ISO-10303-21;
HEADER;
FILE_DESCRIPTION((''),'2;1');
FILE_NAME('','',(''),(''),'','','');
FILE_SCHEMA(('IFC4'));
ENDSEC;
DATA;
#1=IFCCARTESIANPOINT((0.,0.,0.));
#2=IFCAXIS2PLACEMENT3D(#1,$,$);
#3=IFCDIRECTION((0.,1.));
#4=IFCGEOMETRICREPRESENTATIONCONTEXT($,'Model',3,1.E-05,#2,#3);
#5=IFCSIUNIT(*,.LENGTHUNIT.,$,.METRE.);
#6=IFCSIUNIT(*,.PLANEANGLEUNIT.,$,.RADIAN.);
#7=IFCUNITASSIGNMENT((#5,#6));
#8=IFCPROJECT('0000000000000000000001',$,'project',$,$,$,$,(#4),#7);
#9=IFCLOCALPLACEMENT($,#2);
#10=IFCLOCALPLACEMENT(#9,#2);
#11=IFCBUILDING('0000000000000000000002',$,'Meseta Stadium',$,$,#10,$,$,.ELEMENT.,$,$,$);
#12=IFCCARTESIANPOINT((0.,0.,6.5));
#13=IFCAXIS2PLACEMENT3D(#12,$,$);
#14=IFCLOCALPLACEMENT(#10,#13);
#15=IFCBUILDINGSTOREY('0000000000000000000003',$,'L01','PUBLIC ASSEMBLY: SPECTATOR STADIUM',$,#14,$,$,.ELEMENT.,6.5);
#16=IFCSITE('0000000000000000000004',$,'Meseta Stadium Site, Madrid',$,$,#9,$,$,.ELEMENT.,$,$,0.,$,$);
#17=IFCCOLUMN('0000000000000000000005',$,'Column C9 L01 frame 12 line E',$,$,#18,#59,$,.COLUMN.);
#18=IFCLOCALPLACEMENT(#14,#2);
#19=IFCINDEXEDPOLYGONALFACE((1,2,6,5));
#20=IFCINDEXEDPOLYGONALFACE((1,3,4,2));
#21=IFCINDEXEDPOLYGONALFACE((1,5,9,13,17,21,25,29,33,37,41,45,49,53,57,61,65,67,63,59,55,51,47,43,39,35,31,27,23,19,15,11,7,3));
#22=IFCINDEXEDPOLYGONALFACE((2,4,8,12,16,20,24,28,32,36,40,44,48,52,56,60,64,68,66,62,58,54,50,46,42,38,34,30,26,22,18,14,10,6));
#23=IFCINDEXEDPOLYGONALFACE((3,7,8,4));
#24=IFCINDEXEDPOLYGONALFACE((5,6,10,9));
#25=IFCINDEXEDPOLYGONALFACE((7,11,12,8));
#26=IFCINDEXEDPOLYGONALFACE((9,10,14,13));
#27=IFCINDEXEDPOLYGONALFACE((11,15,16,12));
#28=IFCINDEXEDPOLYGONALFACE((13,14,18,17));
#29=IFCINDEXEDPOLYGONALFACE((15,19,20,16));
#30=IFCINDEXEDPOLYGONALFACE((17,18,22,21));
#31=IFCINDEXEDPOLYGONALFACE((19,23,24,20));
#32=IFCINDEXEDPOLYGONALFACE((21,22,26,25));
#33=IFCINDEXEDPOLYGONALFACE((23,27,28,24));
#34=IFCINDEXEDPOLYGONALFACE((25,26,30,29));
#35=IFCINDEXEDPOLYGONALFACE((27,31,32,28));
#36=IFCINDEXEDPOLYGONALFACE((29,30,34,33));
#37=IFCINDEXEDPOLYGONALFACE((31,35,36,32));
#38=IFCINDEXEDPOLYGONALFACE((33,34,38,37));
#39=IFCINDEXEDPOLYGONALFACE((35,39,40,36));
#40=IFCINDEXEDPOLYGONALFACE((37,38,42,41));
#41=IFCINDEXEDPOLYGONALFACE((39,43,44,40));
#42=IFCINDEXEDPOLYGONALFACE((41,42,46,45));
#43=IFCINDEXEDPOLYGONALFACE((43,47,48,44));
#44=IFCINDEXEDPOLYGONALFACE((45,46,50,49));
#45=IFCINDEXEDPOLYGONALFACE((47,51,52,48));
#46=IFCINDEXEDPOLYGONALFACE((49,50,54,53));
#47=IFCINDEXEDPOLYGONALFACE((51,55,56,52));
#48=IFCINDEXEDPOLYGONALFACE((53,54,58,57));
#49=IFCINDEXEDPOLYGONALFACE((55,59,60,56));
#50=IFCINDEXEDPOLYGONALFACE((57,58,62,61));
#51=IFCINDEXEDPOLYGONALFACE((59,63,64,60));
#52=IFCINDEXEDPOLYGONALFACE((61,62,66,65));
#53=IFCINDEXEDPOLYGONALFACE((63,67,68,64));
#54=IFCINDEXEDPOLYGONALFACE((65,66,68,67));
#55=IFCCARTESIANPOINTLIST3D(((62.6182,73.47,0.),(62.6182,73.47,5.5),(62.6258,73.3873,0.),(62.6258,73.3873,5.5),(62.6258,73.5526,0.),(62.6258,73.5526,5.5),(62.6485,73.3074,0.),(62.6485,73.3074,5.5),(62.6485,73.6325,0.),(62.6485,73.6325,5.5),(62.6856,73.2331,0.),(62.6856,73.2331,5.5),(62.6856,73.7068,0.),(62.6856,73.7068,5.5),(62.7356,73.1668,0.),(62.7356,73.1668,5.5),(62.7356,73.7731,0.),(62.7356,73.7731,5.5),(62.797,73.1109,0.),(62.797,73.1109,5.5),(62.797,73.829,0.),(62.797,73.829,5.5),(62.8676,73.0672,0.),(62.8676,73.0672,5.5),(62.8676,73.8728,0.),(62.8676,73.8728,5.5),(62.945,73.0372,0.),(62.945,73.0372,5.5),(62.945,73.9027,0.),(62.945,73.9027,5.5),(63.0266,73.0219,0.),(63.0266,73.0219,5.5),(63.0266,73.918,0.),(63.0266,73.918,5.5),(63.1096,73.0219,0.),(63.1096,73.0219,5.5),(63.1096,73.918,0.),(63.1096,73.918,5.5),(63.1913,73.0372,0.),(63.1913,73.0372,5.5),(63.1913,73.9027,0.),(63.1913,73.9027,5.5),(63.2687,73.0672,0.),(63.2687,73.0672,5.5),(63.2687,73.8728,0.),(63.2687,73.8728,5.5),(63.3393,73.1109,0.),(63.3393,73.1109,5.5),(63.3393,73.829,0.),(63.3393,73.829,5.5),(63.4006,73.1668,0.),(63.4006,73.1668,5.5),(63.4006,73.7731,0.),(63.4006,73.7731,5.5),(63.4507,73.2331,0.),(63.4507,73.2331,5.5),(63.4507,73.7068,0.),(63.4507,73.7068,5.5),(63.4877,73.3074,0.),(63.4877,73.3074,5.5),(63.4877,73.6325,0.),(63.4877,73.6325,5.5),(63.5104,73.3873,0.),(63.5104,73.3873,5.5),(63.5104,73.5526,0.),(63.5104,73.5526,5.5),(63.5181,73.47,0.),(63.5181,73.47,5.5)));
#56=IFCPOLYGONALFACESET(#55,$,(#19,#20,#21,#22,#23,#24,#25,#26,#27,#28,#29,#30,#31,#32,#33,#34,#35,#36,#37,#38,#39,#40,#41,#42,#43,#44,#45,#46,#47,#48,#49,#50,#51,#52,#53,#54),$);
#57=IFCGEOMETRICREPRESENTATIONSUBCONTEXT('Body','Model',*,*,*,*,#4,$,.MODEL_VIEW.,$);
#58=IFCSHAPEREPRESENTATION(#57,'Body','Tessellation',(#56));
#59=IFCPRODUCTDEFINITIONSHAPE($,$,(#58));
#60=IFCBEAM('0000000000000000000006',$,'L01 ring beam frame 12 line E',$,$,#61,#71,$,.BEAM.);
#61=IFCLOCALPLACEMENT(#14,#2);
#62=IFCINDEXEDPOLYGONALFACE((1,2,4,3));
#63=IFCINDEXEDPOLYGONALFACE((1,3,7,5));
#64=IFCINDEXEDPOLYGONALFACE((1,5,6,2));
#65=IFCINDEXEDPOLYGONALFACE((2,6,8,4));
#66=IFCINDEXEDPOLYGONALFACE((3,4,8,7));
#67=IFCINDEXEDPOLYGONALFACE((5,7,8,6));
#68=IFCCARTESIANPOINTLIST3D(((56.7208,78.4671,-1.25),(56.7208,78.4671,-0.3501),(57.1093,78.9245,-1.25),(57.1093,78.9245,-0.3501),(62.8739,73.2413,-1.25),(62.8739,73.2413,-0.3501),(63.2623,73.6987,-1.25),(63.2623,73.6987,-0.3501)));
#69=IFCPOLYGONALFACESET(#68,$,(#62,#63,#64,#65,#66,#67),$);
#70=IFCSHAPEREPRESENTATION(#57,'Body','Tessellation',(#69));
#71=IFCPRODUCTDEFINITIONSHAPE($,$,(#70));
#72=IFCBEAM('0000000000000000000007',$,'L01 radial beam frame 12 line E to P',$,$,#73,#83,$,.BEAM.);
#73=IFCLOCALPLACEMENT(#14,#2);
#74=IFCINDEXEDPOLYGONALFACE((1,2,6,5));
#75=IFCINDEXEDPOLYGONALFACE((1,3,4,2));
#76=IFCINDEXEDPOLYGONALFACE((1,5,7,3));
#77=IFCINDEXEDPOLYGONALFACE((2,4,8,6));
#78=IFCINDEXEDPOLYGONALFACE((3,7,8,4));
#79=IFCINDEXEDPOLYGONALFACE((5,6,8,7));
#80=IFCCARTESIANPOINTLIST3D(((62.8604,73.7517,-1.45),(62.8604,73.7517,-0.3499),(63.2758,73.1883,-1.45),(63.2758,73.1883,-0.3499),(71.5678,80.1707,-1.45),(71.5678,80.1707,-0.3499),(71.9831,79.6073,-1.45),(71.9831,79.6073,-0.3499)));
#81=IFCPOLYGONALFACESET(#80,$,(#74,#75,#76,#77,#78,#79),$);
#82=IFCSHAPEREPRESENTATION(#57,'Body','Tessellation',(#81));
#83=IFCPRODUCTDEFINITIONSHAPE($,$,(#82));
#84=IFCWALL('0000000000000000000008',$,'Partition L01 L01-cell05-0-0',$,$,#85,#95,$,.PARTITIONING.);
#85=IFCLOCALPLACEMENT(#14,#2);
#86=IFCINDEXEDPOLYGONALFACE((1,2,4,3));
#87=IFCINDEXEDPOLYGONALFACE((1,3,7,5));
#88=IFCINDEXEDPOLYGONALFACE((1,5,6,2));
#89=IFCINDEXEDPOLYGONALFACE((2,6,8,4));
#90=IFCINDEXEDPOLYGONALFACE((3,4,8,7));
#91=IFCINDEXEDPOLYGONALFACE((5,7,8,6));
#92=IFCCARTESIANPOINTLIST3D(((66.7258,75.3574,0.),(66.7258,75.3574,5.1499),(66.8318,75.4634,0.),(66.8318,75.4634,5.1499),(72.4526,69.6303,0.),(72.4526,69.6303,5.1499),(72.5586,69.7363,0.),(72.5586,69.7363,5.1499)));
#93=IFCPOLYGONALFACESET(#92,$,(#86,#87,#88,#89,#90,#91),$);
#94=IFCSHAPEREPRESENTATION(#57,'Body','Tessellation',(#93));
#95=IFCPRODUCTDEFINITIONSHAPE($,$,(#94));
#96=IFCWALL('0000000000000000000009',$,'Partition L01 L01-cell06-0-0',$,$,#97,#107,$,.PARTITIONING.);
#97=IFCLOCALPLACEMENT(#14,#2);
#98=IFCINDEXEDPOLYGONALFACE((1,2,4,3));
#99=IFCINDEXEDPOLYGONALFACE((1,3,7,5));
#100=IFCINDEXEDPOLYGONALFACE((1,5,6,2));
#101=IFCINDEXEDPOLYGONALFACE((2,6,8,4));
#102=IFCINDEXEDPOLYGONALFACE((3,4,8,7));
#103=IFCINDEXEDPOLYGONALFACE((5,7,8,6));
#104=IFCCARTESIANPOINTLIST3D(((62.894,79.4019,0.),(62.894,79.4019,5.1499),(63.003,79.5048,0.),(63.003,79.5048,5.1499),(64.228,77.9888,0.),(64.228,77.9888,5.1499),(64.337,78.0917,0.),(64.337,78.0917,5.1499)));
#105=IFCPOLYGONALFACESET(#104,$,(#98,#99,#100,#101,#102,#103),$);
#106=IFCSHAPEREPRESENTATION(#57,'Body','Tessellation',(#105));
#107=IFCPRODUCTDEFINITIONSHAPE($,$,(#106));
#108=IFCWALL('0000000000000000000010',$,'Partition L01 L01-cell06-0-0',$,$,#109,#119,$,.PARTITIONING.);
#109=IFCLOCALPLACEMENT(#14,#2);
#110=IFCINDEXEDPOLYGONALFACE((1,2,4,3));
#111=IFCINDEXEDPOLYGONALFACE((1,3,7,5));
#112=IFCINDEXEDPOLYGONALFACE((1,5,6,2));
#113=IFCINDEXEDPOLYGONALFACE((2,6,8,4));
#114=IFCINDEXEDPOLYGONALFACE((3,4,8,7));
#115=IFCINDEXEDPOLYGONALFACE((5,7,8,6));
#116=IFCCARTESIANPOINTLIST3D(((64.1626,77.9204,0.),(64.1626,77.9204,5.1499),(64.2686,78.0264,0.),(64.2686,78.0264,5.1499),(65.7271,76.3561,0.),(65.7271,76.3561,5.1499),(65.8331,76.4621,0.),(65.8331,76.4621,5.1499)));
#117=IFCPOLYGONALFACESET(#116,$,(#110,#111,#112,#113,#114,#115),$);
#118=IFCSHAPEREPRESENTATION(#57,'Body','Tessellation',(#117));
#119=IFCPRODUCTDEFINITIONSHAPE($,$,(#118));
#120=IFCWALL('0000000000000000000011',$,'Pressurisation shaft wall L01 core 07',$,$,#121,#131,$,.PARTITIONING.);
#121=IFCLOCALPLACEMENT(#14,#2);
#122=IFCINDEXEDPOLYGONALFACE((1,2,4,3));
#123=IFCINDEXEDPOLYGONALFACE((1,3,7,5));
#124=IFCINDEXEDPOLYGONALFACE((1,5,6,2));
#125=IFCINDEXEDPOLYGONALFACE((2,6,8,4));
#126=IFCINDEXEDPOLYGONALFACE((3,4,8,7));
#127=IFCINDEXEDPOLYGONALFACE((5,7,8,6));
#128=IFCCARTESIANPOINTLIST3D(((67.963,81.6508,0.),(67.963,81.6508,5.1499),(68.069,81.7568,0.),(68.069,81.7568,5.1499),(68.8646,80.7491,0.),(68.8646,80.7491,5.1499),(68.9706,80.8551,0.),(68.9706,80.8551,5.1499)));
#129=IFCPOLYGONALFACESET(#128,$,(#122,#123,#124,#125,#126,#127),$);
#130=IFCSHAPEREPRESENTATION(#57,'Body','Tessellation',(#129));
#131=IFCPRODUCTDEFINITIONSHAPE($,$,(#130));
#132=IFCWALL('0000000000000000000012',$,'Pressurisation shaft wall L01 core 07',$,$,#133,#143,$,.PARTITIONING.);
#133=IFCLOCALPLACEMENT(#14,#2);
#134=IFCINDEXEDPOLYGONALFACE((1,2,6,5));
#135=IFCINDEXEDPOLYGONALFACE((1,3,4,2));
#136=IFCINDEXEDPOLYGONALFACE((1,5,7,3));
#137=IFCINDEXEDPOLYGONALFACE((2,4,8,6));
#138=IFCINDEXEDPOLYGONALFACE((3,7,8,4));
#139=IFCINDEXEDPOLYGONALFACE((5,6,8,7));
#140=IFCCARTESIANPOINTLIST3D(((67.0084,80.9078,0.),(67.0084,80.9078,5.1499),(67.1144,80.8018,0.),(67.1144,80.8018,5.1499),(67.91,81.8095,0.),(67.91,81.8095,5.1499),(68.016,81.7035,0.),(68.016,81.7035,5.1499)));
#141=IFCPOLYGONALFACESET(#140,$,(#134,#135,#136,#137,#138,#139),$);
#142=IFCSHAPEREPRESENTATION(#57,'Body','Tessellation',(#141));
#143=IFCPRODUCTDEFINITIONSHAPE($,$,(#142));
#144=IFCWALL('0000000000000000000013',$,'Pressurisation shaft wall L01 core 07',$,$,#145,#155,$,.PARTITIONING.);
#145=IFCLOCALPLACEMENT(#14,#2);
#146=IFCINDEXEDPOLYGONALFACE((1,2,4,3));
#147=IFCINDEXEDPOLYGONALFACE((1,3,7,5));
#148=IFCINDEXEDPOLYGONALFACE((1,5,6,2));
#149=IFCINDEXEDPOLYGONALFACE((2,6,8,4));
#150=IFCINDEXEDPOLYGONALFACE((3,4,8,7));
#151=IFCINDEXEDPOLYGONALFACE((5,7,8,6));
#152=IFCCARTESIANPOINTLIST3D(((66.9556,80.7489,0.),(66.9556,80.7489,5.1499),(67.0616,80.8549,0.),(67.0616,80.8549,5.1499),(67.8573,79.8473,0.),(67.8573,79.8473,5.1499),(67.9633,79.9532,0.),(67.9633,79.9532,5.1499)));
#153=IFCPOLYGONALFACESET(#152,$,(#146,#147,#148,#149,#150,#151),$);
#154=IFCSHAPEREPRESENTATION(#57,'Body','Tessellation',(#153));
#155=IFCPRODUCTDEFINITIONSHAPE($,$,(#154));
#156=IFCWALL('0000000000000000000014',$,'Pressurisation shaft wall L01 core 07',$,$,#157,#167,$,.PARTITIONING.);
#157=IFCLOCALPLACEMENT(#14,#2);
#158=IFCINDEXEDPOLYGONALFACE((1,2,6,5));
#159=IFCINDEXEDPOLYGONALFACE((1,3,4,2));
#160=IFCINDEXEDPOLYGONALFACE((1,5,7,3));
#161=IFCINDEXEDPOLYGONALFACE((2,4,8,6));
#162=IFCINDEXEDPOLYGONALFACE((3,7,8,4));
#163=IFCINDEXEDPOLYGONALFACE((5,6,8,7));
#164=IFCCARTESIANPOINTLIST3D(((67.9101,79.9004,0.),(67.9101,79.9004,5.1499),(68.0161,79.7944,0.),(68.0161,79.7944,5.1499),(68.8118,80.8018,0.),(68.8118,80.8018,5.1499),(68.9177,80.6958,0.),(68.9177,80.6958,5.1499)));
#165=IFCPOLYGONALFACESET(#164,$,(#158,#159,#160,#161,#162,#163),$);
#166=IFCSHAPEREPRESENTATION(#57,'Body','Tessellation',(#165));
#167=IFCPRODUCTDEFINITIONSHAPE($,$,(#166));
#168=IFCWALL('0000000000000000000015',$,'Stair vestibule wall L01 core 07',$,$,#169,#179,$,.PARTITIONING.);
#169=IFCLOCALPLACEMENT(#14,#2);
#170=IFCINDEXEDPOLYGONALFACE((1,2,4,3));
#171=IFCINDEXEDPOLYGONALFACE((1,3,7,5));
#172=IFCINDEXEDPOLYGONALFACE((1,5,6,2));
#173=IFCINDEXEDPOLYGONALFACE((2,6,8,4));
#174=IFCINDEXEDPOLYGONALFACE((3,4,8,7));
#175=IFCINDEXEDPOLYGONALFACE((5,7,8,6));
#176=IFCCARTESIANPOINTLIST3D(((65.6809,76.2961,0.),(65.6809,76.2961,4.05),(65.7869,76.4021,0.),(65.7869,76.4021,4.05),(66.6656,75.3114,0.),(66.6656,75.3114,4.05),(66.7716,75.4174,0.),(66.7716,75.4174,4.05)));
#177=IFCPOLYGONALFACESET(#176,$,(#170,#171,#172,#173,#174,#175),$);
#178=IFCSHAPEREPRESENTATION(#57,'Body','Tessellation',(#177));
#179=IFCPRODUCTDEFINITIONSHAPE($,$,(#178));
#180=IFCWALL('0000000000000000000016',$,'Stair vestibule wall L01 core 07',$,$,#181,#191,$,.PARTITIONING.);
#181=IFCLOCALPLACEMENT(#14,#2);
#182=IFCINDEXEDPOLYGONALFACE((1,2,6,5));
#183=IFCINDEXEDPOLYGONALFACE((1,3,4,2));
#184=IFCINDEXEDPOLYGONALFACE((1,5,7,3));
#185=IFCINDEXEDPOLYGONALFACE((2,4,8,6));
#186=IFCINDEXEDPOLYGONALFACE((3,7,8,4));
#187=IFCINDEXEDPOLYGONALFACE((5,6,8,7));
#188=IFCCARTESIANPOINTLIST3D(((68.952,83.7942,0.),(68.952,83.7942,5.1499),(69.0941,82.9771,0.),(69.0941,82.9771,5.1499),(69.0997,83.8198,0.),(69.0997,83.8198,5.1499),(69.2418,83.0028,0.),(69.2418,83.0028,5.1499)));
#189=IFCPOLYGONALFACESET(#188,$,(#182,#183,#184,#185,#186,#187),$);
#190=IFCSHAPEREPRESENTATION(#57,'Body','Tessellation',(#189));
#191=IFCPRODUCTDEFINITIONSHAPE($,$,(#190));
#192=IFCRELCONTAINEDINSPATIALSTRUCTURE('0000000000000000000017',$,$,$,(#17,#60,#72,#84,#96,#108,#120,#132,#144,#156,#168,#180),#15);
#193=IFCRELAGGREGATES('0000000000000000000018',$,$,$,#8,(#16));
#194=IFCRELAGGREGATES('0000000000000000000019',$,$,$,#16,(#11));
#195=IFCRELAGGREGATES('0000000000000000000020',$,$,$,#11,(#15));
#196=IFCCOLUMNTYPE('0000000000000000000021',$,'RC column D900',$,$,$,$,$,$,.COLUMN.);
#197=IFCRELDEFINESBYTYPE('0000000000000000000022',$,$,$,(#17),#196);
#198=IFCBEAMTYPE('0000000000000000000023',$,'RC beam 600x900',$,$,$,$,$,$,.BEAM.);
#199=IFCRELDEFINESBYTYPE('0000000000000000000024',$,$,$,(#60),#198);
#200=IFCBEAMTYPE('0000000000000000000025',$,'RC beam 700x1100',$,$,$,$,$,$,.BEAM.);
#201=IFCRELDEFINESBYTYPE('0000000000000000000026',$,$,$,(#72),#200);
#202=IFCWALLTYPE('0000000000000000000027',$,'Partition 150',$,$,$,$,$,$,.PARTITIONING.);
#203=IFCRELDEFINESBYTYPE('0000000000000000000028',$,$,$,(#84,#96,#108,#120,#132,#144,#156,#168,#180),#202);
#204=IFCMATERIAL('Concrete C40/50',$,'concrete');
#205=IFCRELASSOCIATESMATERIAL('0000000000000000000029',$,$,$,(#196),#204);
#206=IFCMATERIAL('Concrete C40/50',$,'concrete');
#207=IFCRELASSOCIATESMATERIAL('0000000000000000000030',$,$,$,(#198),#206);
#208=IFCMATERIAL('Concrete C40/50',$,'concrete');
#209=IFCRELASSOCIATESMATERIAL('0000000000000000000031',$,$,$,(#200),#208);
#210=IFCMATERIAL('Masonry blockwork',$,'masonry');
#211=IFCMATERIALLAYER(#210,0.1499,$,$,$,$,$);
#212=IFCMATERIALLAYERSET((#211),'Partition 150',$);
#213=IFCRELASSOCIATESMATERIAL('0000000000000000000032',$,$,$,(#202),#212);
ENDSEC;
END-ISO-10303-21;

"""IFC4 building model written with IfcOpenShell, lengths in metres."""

from ifc_helpers import new_model, si_unit, direction, frame, frame_2d, origin, origin_2d, place, context, subcontext, project, spatial, rectangle, circle, extrude, material, layer, layer_set, material_profile, profile_set, type_object, element, save


model = new_model("IFC4")

# Units and contexts
model_context = context("Model", 3, precision=1e-05, world=origin(), true_north=direction((0.0, 1.0)))
body_context = subcontext(model_context, "Body", "Model", "MODEL_VIEW")
ifc_project = project(units=[si_unit("LENGTHUNIT", "METRE"), si_unit("PLANEANGLEUNIT", "RADIAN")], contexts=[model_context])

# Site, building, storey
site_placement = place(None, origin())
site = spatial("IfcSite", under=ifc_project, at=site_placement, Name="Meseta Stadium Site, Madrid", CompositionType="ELEMENT", RefElevation=0.0)
building_placement = place(site_placement, origin())
building = spatial("IfcBuilding", under=site, at=building_placement, Name="Meseta Stadium", CompositionType="ELEMENT")
storey_placement = place(building_placement, frame((0.0, 0.0, 6.5)))
storey = spatial("IfcBuildingStorey", under=building, at=storey_placement, Name="L01", Description="PUBLIC ASSEMBLY: SPECTATOR STADIUM", CompositionType="ELEMENT", Elevation=6.5)

# Column
ifc_material_1 = material(Name="Concrete C40/50", Category="concrete")
ifc_material_profile_1 = material_profile(ifc_material_1, circle(Radius=0.45, at=origin_2d()), Name="RC D900")
ifc_profile_set_1 = profile_set([ifc_material_profile_1], Name="Concrete C40/50")
column_type = type_object("IfcColumnType", Name="RC column D900", PredefinedType="COLUMN", material=ifc_profile_set_1)
column_placement = place(storey_placement, frame((63.0681, 73.47, 0.0), z_axis=(0.0, 0.0, 1.0), x_axis=(1.0, 0.0, 0.0)))
element("IfcColumn", 1, at=column_placement, inside=storey, type_object=column_type, Name="Column C9 L01 frame 12 line E", PredefinedType="COLUMN", context=body_context, shape_type="SweptSolid", body=[
    extrude(circle(Radius=0.45, at=origin_2d()), origin(), (0.0, 0.0, 1.0), 5.5),
])

# Beams
ifc_material_2 = material(Name="Concrete C40/50", Category="concrete")
ifc_material_profile_2 = material_profile(ifc_material_2, rectangle(XDim=0.6001, YDim=0.8999, at=origin_2d()), Name="RC 600x900")
ifc_profile_set_2 = profile_set([ifc_material_profile_2], Name="Concrete C40/50")
beam_type_1 = type_object("IfcBeamType", Name="RC beam 600x900", PredefinedType="BEAM", material=ifc_profile_set_2)
beam_1_placement = place(storey_placement, frame((63.0681, 73.47, -0.8), z_axis=(-0.762201, 0.64734, 0.0), x_axis=(-0.64734, -0.762201, 0.0)))
element("IfcBeam", 2, at=beam_1_placement, inside=storey, type_object=beam_type_1, Name="L01 ring beam frame 12 line E", PredefinedType="BEAM", context=body_context, shape_type="SweptSolid", body=[
    extrude(rectangle(XDim=0.6001, YDim=0.8999, at=origin_2d()), origin(), (0.0, 0.0, 1.0), 8.0728),
])
ifc_material_3 = material(Name="Concrete C40/50", Category="concrete")
ifc_material_profile_3 = material_profile(ifc_material_3, rectangle(XDim=0.7, YDim=1.1001, at=origin_2d()), Name="RC 700x1100")
ifc_profile_set_3 = profile_set([ifc_material_profile_3], Name="Concrete C40/50")
beam_type_2 = type_object("IfcBeamType", Name="RC beam 700x1100", PredefinedType="BEAM", material=ifc_profile_set_3)
beam_2_placement = place(storey_placement, frame((63.0681, 73.47, -0.8999), z_axis=(0.804921, 0.593382, 0.0), x_axis=(-0.593382, 0.804921, 0.0)))
element("IfcBeam", 3, at=beam_2_placement, inside=storey, type_object=beam_type_2, Name="L01 radial beam frame 12 line E to P", PredefinedType="BEAM", context=body_context, shape_type="SweptSolid", body=[
    extrude(rectangle(XDim=0.7, YDim=1.1001, at=origin_2d()), origin(), (0.0, 0.0, 1.0), 10.8176),
])

# Walls
ifc_material_4 = material(Name="Masonry blockwork", Category="masonry")
ifc_layer = layer(ifc_material_4, 0.1499)
ifc_layer_set = layer_set([ifc_layer], Name="Partition 150")
wall_type = type_object("IfcWallType", Name="Partition 150", PredefinedType="PARTITIONING", material=ifc_layer_set)
wall_1_placement = place(storey_placement, frame((66.7788, 75.4104, 0.0), z_axis=(0.0, 0.0, 1.0), x_axis=(0.707092, -0.707122, 0.0)))
element("IfcWall", 4, at=wall_1_placement, inside=storey, type_object=wall_type, Name="Partition L01 L01-cell05-0-0", PredefinedType="PARTITIONING", context=body_context, shape_type="SweptSolid", body=[
    extrude(rectangle(XDim=8.0991, YDim=0.1499, at=frame_2d((4.0496, 0.0))), origin(), (0.0, 0.0, 1.0), 5.1499),
])
wall_2_placement = place(storey_placement, frame((62.9485, 79.4534, 0.0), z_axis=(0.0, 0.0, 1.0), x_axis=(0.686461, -0.727166, 0.0)))
element("IfcWall", 5, at=wall_2_placement, inside=storey, type_object=wall_type, Name="Partition L01 L01-cell06-0-0", PredefinedType="PARTITIONING", context=body_context, shape_type="SweptSolid", body=[
    extrude(rectangle(XDim=1.9434, YDim=0.1499, at=frame_2d((0.9717, 0.0))), origin(), (0.0, 0.0, 1.0), 5.1499),
])
wall_3_placement = place(storey_placement, frame((64.2156, 77.9734, 0.0), z_axis=(0.0, 0.0, 1.0), x_axis=(0.707162, -0.707052, 0.0)))
element("IfcWall", 6, at=wall_3_placement, inside=storey, type_object=wall_type, Name="Partition L01 L01-cell06-0-0", PredefinedType="PARTITIONING", context=body_context, shape_type="SweptSolid", body=[
    extrude(rectangle(XDim=2.2124, YDim=0.1499, at=frame_2d((1.1062, 0.0))), origin(), (0.0, 0.0, 1.0), 5.1499),
])
for number, where, z_axis, x_axis, name in (
    (7, (68.9177, 80.802, 0.0), (0.0, 0.0, 1.0), (-0.707107, 0.707107, 0.0), "Pressurisation shaft wall L01 core 07"),
    (8, (67.9631, 81.7566, 0.0), (0.0, 0.0, 1.0), (-0.707107, -0.707107, 0.0), "Pressurisation shaft wall L01 core 07"),
    (9, (67.0085, 80.802, 0.0), (0.0, 0.0, 1.0), (0.707107, -0.707107, 0.0), "Pressurisation shaft wall L01 core 07"),
):
    element("IfcWall", number, at=place(storey_placement, frame(where, z_axis=z_axis, x_axis=x_axis)), inside=storey, type_object=wall_type, Name=name, PredefinedType="PARTITIONING", context=body_context, shape_type="SweptSolid", body=[
        extrude(rectangle(XDim=1.2751, YDim=0.1499, at=frame_2d((0.6377, 0.0))), origin(), (0.0, 0.0, 1.0), 5.1499),
    ])
wall_4_placement = place(storey_placement, frame((67.9631, 79.8474, 0.0), z_axis=(0.0, 0.0, 1.0), x_axis=(0.707203, 0.707011, 0.0)))
element("IfcWall", 10, at=wall_4_placement, inside=storey, type_object=wall_type, Name="Pressurisation shaft wall L01 core 07", PredefinedType="PARTITIONING", context=body_context, shape_type="SweptSolid", body=[
    extrude(rectangle(XDim=1.2749, YDim=0.1499, at=frame_2d((0.6375, 0.0))), origin(), (0.0, 0.0, 1.0), 5.1499),
])
wall_5_placement = place(storey_placement, frame((65.7339, 76.3491, 0.0), z_axis=(0.0, 0.0, 1.0), x_axis=(0.707107, -0.707107, 0.0)))
element("IfcWall", 11, at=wall_5_placement, inside=storey, type_object=wall_type, Name="Stair vestibule wall L01 core 07", PredefinedType="PARTITIONING", context=body_context, shape_type="SweptSolid", body=[
    extrude(rectangle(XDim=1.3926, YDim=0.1499, at=frame_2d((0.6963, 0.0))), origin(), (0.0, 0.0, 1.0), 4.05),
])
wall_6_placement = place(storey_placement, frame((69.0259, 83.8069, 0.0), z_axis=(0.0, 0.0, 1.0), x_axis=(0.171316, -0.985216, 0.0)))
element("IfcWall", 12, at=wall_6_placement, inside=storey, type_object=wall_type, Name="Stair vestibule wall L01 core 07", PredefinedType="PARTITIONING", context=body_context, shape_type="SweptSolid", body=[
    extrude(rectangle(XDim=0.8293, YDim=0.1499, at=frame_2d((0.4146, 0.0))), origin(), (0.0, 0.0, 1.0), 5.1499),
])

save(model, "model.ifc")
